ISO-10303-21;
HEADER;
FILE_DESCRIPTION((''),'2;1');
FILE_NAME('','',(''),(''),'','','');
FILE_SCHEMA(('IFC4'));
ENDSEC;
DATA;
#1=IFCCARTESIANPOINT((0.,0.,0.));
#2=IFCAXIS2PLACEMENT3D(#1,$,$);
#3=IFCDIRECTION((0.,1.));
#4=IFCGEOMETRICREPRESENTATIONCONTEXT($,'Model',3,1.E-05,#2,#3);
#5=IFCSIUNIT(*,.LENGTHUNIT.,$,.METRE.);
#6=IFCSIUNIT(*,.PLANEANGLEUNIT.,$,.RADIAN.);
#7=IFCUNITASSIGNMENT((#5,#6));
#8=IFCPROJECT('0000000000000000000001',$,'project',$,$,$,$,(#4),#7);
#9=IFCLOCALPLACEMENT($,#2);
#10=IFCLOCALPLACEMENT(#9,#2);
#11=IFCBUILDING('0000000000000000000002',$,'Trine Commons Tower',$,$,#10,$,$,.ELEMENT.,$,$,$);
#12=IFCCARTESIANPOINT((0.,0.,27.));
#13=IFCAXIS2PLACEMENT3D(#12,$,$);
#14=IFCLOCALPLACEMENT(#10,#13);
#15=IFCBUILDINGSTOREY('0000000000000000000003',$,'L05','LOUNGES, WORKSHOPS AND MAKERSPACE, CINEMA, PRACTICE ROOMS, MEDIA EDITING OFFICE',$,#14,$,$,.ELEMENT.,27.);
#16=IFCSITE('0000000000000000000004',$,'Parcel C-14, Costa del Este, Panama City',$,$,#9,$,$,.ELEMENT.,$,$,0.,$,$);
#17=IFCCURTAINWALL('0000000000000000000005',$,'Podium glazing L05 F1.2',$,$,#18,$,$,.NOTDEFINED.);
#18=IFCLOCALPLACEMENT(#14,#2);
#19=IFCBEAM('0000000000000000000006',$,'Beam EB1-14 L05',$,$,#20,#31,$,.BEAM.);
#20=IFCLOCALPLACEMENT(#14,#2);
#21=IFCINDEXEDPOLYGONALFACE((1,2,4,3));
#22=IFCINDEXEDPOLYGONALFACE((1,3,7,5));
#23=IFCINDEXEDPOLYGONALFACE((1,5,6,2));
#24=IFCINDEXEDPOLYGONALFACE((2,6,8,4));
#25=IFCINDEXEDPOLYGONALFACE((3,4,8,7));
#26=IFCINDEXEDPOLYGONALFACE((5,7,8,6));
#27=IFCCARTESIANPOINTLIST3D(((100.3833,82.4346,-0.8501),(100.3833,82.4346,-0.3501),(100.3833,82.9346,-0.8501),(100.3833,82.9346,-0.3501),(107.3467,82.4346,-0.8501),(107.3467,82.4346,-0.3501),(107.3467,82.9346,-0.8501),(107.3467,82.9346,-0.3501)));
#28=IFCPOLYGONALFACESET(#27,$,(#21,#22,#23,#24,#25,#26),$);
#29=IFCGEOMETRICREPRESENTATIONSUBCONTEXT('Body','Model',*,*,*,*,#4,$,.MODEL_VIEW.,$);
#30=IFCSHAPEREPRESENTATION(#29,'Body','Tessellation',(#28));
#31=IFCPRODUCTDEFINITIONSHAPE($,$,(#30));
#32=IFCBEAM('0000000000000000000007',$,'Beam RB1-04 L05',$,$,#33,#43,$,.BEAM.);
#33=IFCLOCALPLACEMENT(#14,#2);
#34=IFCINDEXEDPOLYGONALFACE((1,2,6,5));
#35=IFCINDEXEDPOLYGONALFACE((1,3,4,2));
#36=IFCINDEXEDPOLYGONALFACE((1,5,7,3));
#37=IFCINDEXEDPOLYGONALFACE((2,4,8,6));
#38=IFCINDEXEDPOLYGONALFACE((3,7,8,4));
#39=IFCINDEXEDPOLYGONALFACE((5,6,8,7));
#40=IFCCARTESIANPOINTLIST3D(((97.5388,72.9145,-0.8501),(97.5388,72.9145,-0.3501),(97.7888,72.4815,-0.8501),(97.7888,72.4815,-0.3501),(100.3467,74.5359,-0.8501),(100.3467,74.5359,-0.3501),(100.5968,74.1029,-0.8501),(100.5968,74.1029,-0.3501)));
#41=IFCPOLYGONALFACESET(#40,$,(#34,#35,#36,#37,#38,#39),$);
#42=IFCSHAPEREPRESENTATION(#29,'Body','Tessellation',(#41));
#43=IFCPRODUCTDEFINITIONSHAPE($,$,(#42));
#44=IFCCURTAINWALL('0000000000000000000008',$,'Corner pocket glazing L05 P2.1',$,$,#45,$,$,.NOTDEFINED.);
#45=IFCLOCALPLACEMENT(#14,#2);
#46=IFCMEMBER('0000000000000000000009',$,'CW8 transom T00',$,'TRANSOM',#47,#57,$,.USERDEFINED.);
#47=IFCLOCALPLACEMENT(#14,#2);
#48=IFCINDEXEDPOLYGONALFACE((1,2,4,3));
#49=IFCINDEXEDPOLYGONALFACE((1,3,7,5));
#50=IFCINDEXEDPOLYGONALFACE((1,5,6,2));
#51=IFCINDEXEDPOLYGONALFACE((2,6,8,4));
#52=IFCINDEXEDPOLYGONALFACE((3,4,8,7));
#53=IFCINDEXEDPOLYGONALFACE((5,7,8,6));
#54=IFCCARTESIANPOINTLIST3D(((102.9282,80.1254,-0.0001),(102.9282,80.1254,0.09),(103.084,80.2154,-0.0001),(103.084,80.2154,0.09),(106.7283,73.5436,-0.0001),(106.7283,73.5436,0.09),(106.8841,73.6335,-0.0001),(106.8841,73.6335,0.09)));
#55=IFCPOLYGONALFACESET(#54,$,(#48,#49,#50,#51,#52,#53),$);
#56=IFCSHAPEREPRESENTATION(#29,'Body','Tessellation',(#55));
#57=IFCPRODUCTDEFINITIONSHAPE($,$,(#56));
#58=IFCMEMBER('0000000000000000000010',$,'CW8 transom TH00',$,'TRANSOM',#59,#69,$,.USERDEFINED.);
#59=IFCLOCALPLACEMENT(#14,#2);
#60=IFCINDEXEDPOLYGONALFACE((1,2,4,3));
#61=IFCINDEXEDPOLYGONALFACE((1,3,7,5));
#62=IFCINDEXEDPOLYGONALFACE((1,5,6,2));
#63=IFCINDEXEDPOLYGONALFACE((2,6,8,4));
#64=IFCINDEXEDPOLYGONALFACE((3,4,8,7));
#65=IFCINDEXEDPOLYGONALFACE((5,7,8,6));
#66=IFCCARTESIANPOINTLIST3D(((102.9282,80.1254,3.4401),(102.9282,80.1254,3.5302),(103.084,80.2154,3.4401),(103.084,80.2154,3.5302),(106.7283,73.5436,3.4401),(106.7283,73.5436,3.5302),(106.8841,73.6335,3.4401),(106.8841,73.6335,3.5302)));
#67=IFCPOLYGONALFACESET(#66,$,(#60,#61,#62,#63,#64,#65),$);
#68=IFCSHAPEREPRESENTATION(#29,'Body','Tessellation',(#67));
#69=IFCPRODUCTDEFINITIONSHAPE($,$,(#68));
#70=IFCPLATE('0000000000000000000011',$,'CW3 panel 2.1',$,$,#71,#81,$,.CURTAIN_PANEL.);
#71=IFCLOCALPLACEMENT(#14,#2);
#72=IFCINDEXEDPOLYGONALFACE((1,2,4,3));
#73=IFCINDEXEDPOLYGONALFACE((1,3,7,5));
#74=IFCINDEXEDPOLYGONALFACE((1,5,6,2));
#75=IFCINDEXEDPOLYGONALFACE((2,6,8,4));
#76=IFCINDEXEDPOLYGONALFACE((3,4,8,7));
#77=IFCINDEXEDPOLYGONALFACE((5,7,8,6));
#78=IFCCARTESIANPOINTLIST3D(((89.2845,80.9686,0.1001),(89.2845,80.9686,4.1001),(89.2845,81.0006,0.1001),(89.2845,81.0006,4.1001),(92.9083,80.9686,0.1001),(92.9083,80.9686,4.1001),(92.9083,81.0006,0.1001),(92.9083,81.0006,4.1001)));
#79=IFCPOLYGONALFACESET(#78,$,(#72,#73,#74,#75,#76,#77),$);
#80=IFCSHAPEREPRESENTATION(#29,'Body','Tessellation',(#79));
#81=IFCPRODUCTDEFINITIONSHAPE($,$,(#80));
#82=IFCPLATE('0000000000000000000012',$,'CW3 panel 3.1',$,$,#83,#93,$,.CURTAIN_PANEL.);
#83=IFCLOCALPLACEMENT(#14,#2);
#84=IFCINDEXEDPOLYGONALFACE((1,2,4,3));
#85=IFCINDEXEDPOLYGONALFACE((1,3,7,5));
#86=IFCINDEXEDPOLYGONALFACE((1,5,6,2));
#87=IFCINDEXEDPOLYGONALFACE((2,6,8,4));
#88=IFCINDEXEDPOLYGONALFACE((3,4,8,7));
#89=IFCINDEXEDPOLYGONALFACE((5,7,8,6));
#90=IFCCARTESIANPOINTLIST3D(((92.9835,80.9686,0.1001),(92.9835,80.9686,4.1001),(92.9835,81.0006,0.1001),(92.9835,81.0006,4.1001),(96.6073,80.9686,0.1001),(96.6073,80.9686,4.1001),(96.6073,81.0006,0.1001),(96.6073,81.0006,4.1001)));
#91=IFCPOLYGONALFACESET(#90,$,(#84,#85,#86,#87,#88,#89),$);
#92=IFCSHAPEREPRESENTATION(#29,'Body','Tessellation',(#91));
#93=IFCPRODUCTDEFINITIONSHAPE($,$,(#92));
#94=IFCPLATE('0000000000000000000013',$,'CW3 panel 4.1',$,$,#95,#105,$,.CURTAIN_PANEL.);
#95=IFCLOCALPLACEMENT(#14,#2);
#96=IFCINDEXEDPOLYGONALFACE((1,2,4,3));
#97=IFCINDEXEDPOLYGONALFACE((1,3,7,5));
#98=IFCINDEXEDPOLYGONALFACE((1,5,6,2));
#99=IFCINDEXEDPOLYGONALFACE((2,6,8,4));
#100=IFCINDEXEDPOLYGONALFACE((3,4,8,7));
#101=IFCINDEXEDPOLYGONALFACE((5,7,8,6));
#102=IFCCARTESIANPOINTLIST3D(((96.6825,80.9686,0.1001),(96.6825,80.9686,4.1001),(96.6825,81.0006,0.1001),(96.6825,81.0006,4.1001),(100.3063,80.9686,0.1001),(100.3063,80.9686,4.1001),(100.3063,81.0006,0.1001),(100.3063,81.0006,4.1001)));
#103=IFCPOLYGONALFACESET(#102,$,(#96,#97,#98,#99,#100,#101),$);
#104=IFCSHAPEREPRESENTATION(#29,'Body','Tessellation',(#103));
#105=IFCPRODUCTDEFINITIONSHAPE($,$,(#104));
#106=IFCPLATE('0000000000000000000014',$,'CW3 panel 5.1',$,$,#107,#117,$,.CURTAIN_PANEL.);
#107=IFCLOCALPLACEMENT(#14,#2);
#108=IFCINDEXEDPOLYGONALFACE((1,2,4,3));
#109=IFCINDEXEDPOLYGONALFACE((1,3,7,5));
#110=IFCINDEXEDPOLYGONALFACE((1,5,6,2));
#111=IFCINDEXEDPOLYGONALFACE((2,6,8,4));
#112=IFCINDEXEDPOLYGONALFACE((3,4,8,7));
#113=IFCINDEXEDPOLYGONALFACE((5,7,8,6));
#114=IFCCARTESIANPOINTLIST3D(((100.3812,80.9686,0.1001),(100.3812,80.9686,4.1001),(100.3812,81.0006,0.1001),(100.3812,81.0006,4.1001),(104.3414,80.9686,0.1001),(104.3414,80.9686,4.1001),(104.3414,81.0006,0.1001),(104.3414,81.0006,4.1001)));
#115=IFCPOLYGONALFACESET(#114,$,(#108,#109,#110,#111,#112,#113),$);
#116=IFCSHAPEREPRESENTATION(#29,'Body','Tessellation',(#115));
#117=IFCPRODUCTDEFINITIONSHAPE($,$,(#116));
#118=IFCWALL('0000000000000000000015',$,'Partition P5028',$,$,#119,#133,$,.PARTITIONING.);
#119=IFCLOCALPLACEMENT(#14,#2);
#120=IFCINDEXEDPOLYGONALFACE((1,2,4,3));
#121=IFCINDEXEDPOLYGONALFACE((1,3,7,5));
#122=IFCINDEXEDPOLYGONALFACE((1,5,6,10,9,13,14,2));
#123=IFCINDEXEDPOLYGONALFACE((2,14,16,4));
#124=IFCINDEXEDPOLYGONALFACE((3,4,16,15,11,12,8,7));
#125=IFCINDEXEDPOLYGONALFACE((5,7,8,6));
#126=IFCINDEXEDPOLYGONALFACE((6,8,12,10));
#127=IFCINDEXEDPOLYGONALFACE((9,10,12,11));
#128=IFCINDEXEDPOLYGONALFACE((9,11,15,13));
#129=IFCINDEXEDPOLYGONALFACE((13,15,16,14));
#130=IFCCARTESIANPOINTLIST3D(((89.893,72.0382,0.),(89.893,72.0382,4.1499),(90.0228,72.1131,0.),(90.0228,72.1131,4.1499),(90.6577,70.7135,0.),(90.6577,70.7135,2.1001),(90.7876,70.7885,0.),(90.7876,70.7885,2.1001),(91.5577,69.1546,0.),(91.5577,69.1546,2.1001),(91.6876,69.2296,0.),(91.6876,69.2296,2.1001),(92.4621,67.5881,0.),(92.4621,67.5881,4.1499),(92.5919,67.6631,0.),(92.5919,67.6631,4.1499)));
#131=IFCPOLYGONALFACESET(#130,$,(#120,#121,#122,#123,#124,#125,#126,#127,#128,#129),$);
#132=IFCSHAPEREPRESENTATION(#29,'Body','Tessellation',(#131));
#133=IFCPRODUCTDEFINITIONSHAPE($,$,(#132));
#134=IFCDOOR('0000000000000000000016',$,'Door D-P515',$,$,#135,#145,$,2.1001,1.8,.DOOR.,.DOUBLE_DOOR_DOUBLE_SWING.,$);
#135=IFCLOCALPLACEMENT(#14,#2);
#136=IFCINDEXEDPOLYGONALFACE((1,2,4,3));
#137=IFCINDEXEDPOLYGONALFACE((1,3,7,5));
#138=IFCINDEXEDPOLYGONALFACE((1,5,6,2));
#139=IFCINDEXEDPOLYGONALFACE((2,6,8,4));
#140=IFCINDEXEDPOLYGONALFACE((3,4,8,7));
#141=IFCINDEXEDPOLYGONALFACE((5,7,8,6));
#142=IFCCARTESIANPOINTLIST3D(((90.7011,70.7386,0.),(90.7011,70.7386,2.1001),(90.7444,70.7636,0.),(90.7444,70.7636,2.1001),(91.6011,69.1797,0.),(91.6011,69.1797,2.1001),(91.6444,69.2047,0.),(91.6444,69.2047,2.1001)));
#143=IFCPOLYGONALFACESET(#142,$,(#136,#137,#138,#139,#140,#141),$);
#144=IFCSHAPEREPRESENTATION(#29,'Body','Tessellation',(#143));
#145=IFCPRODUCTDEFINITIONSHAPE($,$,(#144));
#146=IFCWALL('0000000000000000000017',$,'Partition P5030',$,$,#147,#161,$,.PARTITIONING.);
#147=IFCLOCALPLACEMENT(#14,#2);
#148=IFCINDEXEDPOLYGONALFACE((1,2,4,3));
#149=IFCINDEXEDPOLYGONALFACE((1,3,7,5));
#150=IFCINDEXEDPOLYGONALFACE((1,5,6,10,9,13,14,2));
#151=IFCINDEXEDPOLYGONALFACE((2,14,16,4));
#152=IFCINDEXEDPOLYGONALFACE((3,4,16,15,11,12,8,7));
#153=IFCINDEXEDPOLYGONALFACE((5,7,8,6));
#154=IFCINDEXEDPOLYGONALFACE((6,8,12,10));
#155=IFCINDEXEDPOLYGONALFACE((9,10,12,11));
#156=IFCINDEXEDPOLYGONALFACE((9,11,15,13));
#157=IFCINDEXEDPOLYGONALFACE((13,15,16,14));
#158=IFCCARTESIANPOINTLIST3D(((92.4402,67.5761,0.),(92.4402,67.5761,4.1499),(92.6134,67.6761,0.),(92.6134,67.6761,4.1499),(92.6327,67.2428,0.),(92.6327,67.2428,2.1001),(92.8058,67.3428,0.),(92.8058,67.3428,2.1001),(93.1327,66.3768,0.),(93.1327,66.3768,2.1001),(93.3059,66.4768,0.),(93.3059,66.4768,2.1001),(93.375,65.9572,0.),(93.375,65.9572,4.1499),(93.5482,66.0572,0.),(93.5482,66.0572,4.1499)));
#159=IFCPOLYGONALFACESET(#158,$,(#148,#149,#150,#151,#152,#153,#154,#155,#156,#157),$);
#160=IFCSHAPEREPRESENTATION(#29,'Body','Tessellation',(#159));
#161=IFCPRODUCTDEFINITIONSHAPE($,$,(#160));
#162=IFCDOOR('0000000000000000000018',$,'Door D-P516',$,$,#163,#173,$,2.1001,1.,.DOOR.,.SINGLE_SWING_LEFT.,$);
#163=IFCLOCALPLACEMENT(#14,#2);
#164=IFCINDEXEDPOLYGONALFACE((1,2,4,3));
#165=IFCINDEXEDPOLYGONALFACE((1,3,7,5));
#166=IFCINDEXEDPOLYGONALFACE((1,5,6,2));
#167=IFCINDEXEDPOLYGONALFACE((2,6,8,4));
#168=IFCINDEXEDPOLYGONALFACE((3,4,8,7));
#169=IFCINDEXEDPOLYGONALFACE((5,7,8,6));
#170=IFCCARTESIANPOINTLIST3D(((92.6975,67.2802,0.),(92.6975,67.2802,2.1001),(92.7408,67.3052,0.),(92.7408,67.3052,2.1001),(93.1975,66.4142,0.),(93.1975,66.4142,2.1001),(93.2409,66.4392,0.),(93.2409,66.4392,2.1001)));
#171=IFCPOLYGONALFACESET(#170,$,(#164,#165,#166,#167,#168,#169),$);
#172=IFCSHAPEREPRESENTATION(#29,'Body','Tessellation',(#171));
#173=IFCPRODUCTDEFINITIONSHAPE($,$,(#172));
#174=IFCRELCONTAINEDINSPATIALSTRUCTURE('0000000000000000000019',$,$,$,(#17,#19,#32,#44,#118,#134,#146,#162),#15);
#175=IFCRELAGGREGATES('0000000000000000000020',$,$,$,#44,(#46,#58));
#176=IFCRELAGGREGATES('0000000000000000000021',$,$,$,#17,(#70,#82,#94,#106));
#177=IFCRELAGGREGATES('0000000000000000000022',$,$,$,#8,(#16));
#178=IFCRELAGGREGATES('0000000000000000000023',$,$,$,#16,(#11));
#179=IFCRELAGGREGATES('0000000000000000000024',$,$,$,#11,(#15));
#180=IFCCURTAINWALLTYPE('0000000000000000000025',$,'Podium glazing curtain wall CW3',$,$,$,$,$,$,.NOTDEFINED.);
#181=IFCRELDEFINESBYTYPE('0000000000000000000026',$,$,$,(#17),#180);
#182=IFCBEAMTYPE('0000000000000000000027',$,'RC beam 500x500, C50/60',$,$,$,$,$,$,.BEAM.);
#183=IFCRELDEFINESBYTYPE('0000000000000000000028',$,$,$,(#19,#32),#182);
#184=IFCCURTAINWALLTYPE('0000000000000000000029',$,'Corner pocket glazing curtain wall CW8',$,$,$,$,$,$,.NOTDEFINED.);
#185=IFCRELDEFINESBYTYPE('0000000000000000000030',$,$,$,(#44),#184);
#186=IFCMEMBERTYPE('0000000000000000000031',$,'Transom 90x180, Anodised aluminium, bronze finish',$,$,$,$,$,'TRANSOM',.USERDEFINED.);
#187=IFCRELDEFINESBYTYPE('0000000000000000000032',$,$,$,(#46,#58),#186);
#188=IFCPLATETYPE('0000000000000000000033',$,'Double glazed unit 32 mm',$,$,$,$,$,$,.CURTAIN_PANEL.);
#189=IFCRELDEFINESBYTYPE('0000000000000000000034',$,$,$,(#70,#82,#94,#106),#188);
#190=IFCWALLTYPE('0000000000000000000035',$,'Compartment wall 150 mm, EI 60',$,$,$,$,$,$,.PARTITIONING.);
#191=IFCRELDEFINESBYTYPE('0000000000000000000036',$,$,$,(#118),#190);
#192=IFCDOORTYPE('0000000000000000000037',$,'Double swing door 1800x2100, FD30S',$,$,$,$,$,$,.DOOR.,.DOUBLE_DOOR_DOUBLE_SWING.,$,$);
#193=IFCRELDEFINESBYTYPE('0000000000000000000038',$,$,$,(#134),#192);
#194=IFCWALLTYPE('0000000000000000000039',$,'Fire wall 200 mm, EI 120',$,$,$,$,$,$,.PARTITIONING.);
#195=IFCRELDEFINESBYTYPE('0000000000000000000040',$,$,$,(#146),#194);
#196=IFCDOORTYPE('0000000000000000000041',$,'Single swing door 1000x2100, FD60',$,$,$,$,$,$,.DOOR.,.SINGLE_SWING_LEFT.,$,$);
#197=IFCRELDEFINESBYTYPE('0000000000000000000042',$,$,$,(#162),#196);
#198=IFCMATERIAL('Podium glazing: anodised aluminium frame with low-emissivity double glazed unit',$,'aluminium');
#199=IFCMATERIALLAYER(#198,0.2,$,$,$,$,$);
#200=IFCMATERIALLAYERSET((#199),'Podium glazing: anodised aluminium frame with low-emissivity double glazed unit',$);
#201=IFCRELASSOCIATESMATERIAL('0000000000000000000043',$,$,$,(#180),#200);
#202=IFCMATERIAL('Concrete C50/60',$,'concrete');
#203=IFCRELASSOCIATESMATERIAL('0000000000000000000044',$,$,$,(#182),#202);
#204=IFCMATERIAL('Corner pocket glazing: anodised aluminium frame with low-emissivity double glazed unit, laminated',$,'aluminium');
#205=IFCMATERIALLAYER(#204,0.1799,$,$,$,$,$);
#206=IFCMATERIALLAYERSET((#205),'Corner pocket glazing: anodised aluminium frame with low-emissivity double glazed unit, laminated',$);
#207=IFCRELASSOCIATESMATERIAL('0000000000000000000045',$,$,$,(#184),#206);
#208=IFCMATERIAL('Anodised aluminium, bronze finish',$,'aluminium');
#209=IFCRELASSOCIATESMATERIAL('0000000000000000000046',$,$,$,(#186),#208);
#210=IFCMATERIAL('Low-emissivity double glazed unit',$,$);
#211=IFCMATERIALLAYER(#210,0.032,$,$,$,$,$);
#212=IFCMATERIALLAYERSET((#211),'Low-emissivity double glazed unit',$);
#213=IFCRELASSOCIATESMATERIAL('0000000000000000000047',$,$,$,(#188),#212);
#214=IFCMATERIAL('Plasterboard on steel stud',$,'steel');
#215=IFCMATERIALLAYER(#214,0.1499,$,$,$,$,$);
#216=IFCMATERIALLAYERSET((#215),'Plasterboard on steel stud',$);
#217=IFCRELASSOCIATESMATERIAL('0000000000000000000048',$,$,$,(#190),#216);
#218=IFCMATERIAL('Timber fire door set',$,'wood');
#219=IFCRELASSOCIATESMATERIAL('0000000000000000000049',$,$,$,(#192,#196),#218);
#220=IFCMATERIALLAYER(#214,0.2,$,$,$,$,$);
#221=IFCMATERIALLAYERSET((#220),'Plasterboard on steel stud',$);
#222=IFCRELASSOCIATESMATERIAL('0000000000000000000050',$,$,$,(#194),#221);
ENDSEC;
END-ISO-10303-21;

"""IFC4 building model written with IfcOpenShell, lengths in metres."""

from ifc_helpers import new_model, si_unit, direction, frame, frame_2d, origin, origin_2d, place, context, subcontext, project, spatial, rectangle, extrude, material, layer, layer_set, material_profile, profile_set, type_object, element, fill, aggregate, save


model = new_model("IFC4")

# Units and contexts
model_context = context("Model", 3, precision=1e-05, world=origin(), true_north=direction((0.0, 1.0)))
body_context = subcontext(model_context, "Body", "Model", "MODEL_VIEW")
ifc_project = project(units=[si_unit("LENGTHUNIT", "METRE"), si_unit("PLANEANGLEUNIT", "RADIAN")], contexts=[model_context])

# Site, building, storey
site_placement = place(None, origin())
site = spatial("IfcSite", under=ifc_project, at=site_placement, Name="Parcel C-14, Costa del Este, Panama City", CompositionType="ELEMENT", RefElevation=0.0)
building_placement = place(site_placement, origin())
building = spatial("IfcBuilding", under=site, at=building_placement, Name="Trine Commons Tower", CompositionType="ELEMENT")
storey_placement = place(building_placement, frame((0.0, 0.0, 27.0)))
storey = spatial("IfcBuildingStorey", under=building, at=storey_placement, Name="L05", Description="LOUNGES, WORKSHOPS AND MAKERSPACE, CINEMA, PRACTICE ROOMS, MEDIA EDITING OFFICE", CompositionType="ELEMENT", Elevation=27.0)

# Curtain wall
ifc_material_1 = material(Name="Podium glazing: anodised aluminium frame with low-emissivity double glazed unit", Category="aluminium")
ifc_layer_1 = layer(ifc_material_1, 0.2)
ifc_layer_set_1 = layer_set([ifc_layer_1], Name="Podium glazing: anodised aluminium frame with low-emissivity double glazed unit")
curtain_wall_type_1 = type_object("IfcCurtainWallType", Name="Podium glazing curtain wall CW3", PredefinedType="NOTDEFINED", material=ifc_layer_set_1)
curtain_wall_1_placement = place(storey_placement, origin())
curtain_wall_1 = element("IfcCurtainWall", 1, at=curtain_wall_1_placement, inside=storey, type_object=curtain_wall_type_1, Name="Podium glazing L05 F1.2", PredefinedType="NOTDEFINED")
ifc_material_2 = material(Name="Anodised aluminium, bronze finish", Category="aluminium")

# Beams
ifc_material_3 = material(Name="Concrete C50/60", Category="concrete")
ifc_material_profile_1 = material_profile(ifc_material_3, rectangle(XDim=0.5, YDim=0.5, at=origin_2d()), Name="RC 500x500")
ifc_profile_set_1 = profile_set([ifc_material_profile_1], Name="Concrete C50/60")
beam_type = type_object("IfcBeamType", Name="RC beam 500x500, C50/60", PredefinedType="BEAM", material=ifc_profile_set_1)
beam_1_placement = place(storey_placement, frame((100.3833, 82.6846, -0.6001), z_axis=(1.0, 0.0, 0.0), x_axis=(0.0, 1.0, 0.0)))
element("IfcBeam", 2, at=beam_1_placement, inside=storey, type_object=beam_type, Name="Beam EB1-14 L05", PredefinedType="BEAM", context=body_context, shape_type="SweptSolid", body=[
    extrude(rectangle(XDim=0.5, YDim=0.5, at=origin_2d()), origin(), (0.0, 0.0, 1.0), 6.9634),
])
beam_2_placement = place(storey_placement, frame((97.6638, 72.698, -0.6001), z_axis=(0.865996, 0.500051, 0.0), x_axis=(-0.500051, 0.865996, 0.0)))
element("IfcBeam", 3, at=beam_2_placement, inside=storey, type_object=beam_type, Name="Beam RB1-04 L05", PredefinedType="BEAM", context=body_context, shape_type="SweptSolid", body=[
    extrude(rectangle(XDim=0.5, YDim=0.5, at=origin_2d()), origin(), (0.0, 0.0, 1.0), 3.2424),
])

# Curtain wall, members
ifc_material_4 = material(Name="Corner pocket glazing: anodised aluminium frame with low-emissivity double glazed unit, laminated", Category="aluminium")
ifc_layer_2 = layer(ifc_material_4, 0.1799)
ifc_layer_set_2 = layer_set([ifc_layer_2], Name="Corner pocket glazing: anodised aluminium frame with low-emissivity double glazed unit, laminated")
curtain_wall_type_2 = type_object("IfcCurtainWallType", Name="Corner pocket glazing curtain wall CW8", PredefinedType="NOTDEFINED", material=ifc_layer_set_2)
curtain_wall_2_placement = place(storey_placement, origin())
curtain_wall_2 = element("IfcCurtainWall", 4, at=curtain_wall_2_placement, inside=storey, type_object=curtain_wall_type_2, Name="Corner pocket glazing L05 P2.1", PredefinedType="NOTDEFINED")
ifc_material_profile_2 = material_profile(ifc_material_2, rectangle(XDim=0.1799, YDim=0.0901, at=origin_2d()), Name="Transom 90x180")
ifc_profile_set_2 = profile_set([ifc_material_profile_2], Name="Anodised aluminium, bronze finish")
member_type_1 = type_object("IfcMemberType", Name="Transom 90x180, Anodised aluminium, bronze finish", ElementType="TRANSOM", PredefinedType="USERDEFINED", material=ifc_profile_set_2)
member_1_placement = place(storey_placement, frame((103.0061, 80.1704, 0.0449), z_axis=(0.500005, -0.866022, 0.0), x_axis=(0.866022, 0.500005, 0.0)))
member_1 = element("IfcMember", 5, at=member_1_placement, type_object=member_type_1, Name="CW8 transom T00", ObjectType="TRANSOM", PredefinedType="USERDEFINED", context=body_context, shape_type="SweptSolid", body=[
    extrude(rectangle(XDim=0.1799, YDim=0.0901, at=origin_2d()), origin(), (0.0, 0.0, 1.0), 7.6001),
])
member_2_placement = place(storey_placement, frame((103.0061, 80.1704, 3.4851), z_axis=(0.500005, -0.866022, 0.0), x_axis=(0.866022, 0.500005, 0.0)))
member_2 = element("IfcMember", 6, at=member_2_placement, type_object=member_type_1, Name="CW8 transom TH00", ObjectType="TRANSOM", PredefinedType="USERDEFINED", context=body_context, shape_type="SweptSolid", body=[
    extrude(rectangle(XDim=0.1799, YDim=0.0901, at=origin_2d()), origin(), (0.0, 0.0, 1.0), 7.6001),
])
aggregate(curtain_wall_2, [member_1, member_2])

# Plates
ifc_material_5 = material(Name="Low-emissivity double glazed unit")
ifc_layer_3 = layer(ifc_material_5, 0.032)
ifc_layer_set_3 = layer_set([ifc_layer_3], Name="Low-emissivity double glazed unit")
plate_type = type_object("IfcPlateType", Name="Double glazed unit 32 mm", PredefinedType="CURTAIN_PANEL", material=ifc_layer_set_3)
plate_1_placement = place(storey_placement, frame((91.0964, 80.9846, 0.1001), z_axis=(0.0, 0.0, 1.0), x_axis=(1.0, 0.0, 0.0)))
plate_1 = element("IfcPlate", 7, at=plate_1_placement, type_object=plate_type, Name="CW3 panel 2.1", PredefinedType="CURTAIN_PANEL", context=body_context, shape_type="SweptSolid", body=[
    extrude(rectangle(XDim=3.6238, YDim=0.032, at=origin_2d()), origin(), (0.0, 0.0, 1.0), 4.0),
])
plate_2_placement = place(storey_placement, frame((94.7954, 80.9846, 0.1001), z_axis=(0.0, 0.0, 1.0), x_axis=(1.0, 0.0, 0.0)))
plate_2 = element("IfcPlate", 8, at=plate_2_placement, type_object=plate_type, Name="CW3 panel 3.1", PredefinedType="CURTAIN_PANEL", context=body_context, shape_type="SweptSolid", body=[
    extrude(rectangle(XDim=3.6238, YDim=0.032, at=origin_2d()), origin(), (0.0, 0.0, 1.0), 4.0),
])
plate_3_placement = place(storey_placement, frame((98.4944, 80.9846, 0.1001), z_axis=(0.0, 0.0, 1.0), x_axis=(1.0, 0.0, 0.0)))
plate_3 = element("IfcPlate", 9, at=plate_3_placement, type_object=plate_type, Name="CW3 panel 4.1", PredefinedType="CURTAIN_PANEL", context=body_context, shape_type="SweptSolid", body=[
    extrude(rectangle(XDim=3.6238, YDim=0.032, at=origin_2d()), origin(), (0.0, 0.0, 1.0), 4.0),
])
plate_4_placement = place(storey_placement, frame((102.3613, 80.9846, 0.1001), z_axis=(0.0, 0.0, 1.0), x_axis=(1.0, 0.0, 0.0)))
plate_4 = element("IfcPlate", 10, at=plate_4_placement, type_object=plate_type, Name="CW3 panel 5.1", PredefinedType="CURTAIN_PANEL", context=body_context, shape_type="SweptSolid", body=[
    extrude(rectangle(XDim=3.9602, YDim=0.032, at=origin_2d()), origin(), (0.0, 0.0, 1.0), 4.0),
])
aggregate(curtain_wall_1, [plate_1, plate_2, plate_3, plate_4])

# Walls, openings, doors
ifc_material_6 = material(Name="Plasterboard on steel stud", Category="steel")
ifc_layer_4 = layer(ifc_material_6, 0.1499)
ifc_layer_set_4 = layer_set([ifc_layer_4], Name="Plasterboard on steel stud")
wall_type_1 = type_object("IfcWallType", Name="Compartment wall 150 mm, EI 60", PredefinedType="PARTITIONING", material=ifc_layer_set_4)
wall_1_placement = place(storey_placement, frame((92.5271, 67.6255, 0.0), z_axis=(0.0, 0.0, 1.0), x_axis=(-0.499987, 0.866033, 0.0)))
wall_1 = element("IfcWall", 11, at=wall_1_placement, inside=storey, type_object=wall_type_1, Name="Partition P5028", PredefinedType="PARTITIONING", context=body_context, shape_type="SweptSolid", body=[
    extrude(rectangle(XDim=5.1384, YDim=0.1499, at=frame_2d((2.5693, 0.0))), origin(), (0.0, 0.0, 1.0), 4.1499),
])
opening_1_placement = place(wall_1_placement, frame((1.8091, 0.0, 0.0)))
opening_1 = element("IfcOpeningElement", 12, at=opening_1_placement, cuts=wall_1, PredefinedType="OPENING", context=body_context, shape_type="SweptSolid", body=[
    extrude(rectangle(XDim=1.8, YDim=2.1001, at=frame_2d((0.8999, 1.05))), frame((0.0, 0.085, 0.0), z_axis=(0.0, -1.0, 0.0), x_axis=(1.0, 0.0, 0.0)), (0.0, 0.0, 1.0), 0.1699),
])
ifc_material_7 = material(Name="Timber fire door set", Category="wood")
door_type_1 = type_object("IfcDoorType", Name="Double swing door 1800x2100, FD30S", OperationType="DOUBLE_DOOR_DOUBLE_SWING", PredefinedType="DOOR", material=ifc_material_7)
door_1_placement = place(opening_1_placement, origin())
door_1 = element("IfcDoor", 13, at=door_1_placement, inside=storey, type_object=door_type_1, Name="Door D-P515", OperationType="DOUBLE_DOOR_DOUBLE_SWING", OverallHeight=2.1001, OverallWidth=1.8, PredefinedType="DOOR", context=body_context, shape_type="SweptSolid", body=[
    extrude(rectangle(XDim=1.8, YDim=2.1001, at=frame_2d((0.8999, 1.05))), frame((0.0, 0.0249, 0.0), z_axis=(0.0, -1.0, 0.0), x_axis=(1.0, 0.0, 0.0)), (0.0, 0.0, 1.0), 0.05),
])
fill(opening_1, door_1)
ifc_layer_5 = layer(ifc_material_6, 0.2)
ifc_layer_set_5 = layer_set([ifc_layer_5], Name="Plasterboard on steel stud")
wall_type_2 = type_object("IfcWallType", Name="Fire wall 200 mm, EI 120", PredefinedType="PARTITIONING", material=ifc_layer_set_5)
wall_2_placement = place(storey_placement, frame((92.5269, 67.626, 0.0), z_axis=(0.0, 0.0, 1.0), x_axis=(0.500058, -0.865992, 0.0)))
wall_2 = element("IfcWall", 14, at=wall_2_placement, inside=storey, type_object=wall_type_2, Name="Partition P5030", PredefinedType="PARTITIONING", context=body_context, shape_type="SweptSolid", body=[
    extrude(rectangle(XDim=1.8694, YDim=0.2, at=frame_2d((0.9346, 0.0))), origin(), (0.0, 0.0, 1.0), 4.1499),
])
opening_2_placement = place(wall_2_placement, frame((0.3848, 0.0, 0.0)))
opening_2 = element("IfcOpeningElement", 15, at=opening_2_placement, cuts=wall_2, PredefinedType="OPENING", context=body_context, shape_type="SweptSolid", body=[
    extrude(rectangle(XDim=1.0, YDim=2.1001, at=frame_2d((0.5, 1.05))), frame((0.0, 0.1099, 0.0), z_axis=(0.0, -1.0, 0.0), x_axis=(1.0, 0.0, 0.0)), (0.0, 0.0, 1.0), 0.22),
])
door_type_2 = type_object("IfcDoorType", Name="Single swing door 1000x2100, FD60", OperationType="SINGLE_SWING_LEFT", PredefinedType="DOOR", material=ifc_material_7)
door_2_placement = place(opening_2_placement, origin())
door_2 = element("IfcDoor", 16, at=door_2_placement, inside=storey, type_object=door_type_2, Name="Door D-P516", OperationType="SINGLE_SWING_LEFT", OverallHeight=2.1001, OverallWidth=1.0, PredefinedType="DOOR", context=body_context, shape_type="SweptSolid", body=[
    extrude(rectangle(XDim=1.0, YDim=2.1001, at=frame_2d((0.5, 1.05))), frame((0.0, 0.0249, 0.0), z_axis=(0.0, -1.0, 0.0), x_axis=(1.0, 0.0, 0.0)), (0.0, 0.0, 1.0), 0.05),
])
fill(opening_2, door_2)

save(model, "model.ifc")
